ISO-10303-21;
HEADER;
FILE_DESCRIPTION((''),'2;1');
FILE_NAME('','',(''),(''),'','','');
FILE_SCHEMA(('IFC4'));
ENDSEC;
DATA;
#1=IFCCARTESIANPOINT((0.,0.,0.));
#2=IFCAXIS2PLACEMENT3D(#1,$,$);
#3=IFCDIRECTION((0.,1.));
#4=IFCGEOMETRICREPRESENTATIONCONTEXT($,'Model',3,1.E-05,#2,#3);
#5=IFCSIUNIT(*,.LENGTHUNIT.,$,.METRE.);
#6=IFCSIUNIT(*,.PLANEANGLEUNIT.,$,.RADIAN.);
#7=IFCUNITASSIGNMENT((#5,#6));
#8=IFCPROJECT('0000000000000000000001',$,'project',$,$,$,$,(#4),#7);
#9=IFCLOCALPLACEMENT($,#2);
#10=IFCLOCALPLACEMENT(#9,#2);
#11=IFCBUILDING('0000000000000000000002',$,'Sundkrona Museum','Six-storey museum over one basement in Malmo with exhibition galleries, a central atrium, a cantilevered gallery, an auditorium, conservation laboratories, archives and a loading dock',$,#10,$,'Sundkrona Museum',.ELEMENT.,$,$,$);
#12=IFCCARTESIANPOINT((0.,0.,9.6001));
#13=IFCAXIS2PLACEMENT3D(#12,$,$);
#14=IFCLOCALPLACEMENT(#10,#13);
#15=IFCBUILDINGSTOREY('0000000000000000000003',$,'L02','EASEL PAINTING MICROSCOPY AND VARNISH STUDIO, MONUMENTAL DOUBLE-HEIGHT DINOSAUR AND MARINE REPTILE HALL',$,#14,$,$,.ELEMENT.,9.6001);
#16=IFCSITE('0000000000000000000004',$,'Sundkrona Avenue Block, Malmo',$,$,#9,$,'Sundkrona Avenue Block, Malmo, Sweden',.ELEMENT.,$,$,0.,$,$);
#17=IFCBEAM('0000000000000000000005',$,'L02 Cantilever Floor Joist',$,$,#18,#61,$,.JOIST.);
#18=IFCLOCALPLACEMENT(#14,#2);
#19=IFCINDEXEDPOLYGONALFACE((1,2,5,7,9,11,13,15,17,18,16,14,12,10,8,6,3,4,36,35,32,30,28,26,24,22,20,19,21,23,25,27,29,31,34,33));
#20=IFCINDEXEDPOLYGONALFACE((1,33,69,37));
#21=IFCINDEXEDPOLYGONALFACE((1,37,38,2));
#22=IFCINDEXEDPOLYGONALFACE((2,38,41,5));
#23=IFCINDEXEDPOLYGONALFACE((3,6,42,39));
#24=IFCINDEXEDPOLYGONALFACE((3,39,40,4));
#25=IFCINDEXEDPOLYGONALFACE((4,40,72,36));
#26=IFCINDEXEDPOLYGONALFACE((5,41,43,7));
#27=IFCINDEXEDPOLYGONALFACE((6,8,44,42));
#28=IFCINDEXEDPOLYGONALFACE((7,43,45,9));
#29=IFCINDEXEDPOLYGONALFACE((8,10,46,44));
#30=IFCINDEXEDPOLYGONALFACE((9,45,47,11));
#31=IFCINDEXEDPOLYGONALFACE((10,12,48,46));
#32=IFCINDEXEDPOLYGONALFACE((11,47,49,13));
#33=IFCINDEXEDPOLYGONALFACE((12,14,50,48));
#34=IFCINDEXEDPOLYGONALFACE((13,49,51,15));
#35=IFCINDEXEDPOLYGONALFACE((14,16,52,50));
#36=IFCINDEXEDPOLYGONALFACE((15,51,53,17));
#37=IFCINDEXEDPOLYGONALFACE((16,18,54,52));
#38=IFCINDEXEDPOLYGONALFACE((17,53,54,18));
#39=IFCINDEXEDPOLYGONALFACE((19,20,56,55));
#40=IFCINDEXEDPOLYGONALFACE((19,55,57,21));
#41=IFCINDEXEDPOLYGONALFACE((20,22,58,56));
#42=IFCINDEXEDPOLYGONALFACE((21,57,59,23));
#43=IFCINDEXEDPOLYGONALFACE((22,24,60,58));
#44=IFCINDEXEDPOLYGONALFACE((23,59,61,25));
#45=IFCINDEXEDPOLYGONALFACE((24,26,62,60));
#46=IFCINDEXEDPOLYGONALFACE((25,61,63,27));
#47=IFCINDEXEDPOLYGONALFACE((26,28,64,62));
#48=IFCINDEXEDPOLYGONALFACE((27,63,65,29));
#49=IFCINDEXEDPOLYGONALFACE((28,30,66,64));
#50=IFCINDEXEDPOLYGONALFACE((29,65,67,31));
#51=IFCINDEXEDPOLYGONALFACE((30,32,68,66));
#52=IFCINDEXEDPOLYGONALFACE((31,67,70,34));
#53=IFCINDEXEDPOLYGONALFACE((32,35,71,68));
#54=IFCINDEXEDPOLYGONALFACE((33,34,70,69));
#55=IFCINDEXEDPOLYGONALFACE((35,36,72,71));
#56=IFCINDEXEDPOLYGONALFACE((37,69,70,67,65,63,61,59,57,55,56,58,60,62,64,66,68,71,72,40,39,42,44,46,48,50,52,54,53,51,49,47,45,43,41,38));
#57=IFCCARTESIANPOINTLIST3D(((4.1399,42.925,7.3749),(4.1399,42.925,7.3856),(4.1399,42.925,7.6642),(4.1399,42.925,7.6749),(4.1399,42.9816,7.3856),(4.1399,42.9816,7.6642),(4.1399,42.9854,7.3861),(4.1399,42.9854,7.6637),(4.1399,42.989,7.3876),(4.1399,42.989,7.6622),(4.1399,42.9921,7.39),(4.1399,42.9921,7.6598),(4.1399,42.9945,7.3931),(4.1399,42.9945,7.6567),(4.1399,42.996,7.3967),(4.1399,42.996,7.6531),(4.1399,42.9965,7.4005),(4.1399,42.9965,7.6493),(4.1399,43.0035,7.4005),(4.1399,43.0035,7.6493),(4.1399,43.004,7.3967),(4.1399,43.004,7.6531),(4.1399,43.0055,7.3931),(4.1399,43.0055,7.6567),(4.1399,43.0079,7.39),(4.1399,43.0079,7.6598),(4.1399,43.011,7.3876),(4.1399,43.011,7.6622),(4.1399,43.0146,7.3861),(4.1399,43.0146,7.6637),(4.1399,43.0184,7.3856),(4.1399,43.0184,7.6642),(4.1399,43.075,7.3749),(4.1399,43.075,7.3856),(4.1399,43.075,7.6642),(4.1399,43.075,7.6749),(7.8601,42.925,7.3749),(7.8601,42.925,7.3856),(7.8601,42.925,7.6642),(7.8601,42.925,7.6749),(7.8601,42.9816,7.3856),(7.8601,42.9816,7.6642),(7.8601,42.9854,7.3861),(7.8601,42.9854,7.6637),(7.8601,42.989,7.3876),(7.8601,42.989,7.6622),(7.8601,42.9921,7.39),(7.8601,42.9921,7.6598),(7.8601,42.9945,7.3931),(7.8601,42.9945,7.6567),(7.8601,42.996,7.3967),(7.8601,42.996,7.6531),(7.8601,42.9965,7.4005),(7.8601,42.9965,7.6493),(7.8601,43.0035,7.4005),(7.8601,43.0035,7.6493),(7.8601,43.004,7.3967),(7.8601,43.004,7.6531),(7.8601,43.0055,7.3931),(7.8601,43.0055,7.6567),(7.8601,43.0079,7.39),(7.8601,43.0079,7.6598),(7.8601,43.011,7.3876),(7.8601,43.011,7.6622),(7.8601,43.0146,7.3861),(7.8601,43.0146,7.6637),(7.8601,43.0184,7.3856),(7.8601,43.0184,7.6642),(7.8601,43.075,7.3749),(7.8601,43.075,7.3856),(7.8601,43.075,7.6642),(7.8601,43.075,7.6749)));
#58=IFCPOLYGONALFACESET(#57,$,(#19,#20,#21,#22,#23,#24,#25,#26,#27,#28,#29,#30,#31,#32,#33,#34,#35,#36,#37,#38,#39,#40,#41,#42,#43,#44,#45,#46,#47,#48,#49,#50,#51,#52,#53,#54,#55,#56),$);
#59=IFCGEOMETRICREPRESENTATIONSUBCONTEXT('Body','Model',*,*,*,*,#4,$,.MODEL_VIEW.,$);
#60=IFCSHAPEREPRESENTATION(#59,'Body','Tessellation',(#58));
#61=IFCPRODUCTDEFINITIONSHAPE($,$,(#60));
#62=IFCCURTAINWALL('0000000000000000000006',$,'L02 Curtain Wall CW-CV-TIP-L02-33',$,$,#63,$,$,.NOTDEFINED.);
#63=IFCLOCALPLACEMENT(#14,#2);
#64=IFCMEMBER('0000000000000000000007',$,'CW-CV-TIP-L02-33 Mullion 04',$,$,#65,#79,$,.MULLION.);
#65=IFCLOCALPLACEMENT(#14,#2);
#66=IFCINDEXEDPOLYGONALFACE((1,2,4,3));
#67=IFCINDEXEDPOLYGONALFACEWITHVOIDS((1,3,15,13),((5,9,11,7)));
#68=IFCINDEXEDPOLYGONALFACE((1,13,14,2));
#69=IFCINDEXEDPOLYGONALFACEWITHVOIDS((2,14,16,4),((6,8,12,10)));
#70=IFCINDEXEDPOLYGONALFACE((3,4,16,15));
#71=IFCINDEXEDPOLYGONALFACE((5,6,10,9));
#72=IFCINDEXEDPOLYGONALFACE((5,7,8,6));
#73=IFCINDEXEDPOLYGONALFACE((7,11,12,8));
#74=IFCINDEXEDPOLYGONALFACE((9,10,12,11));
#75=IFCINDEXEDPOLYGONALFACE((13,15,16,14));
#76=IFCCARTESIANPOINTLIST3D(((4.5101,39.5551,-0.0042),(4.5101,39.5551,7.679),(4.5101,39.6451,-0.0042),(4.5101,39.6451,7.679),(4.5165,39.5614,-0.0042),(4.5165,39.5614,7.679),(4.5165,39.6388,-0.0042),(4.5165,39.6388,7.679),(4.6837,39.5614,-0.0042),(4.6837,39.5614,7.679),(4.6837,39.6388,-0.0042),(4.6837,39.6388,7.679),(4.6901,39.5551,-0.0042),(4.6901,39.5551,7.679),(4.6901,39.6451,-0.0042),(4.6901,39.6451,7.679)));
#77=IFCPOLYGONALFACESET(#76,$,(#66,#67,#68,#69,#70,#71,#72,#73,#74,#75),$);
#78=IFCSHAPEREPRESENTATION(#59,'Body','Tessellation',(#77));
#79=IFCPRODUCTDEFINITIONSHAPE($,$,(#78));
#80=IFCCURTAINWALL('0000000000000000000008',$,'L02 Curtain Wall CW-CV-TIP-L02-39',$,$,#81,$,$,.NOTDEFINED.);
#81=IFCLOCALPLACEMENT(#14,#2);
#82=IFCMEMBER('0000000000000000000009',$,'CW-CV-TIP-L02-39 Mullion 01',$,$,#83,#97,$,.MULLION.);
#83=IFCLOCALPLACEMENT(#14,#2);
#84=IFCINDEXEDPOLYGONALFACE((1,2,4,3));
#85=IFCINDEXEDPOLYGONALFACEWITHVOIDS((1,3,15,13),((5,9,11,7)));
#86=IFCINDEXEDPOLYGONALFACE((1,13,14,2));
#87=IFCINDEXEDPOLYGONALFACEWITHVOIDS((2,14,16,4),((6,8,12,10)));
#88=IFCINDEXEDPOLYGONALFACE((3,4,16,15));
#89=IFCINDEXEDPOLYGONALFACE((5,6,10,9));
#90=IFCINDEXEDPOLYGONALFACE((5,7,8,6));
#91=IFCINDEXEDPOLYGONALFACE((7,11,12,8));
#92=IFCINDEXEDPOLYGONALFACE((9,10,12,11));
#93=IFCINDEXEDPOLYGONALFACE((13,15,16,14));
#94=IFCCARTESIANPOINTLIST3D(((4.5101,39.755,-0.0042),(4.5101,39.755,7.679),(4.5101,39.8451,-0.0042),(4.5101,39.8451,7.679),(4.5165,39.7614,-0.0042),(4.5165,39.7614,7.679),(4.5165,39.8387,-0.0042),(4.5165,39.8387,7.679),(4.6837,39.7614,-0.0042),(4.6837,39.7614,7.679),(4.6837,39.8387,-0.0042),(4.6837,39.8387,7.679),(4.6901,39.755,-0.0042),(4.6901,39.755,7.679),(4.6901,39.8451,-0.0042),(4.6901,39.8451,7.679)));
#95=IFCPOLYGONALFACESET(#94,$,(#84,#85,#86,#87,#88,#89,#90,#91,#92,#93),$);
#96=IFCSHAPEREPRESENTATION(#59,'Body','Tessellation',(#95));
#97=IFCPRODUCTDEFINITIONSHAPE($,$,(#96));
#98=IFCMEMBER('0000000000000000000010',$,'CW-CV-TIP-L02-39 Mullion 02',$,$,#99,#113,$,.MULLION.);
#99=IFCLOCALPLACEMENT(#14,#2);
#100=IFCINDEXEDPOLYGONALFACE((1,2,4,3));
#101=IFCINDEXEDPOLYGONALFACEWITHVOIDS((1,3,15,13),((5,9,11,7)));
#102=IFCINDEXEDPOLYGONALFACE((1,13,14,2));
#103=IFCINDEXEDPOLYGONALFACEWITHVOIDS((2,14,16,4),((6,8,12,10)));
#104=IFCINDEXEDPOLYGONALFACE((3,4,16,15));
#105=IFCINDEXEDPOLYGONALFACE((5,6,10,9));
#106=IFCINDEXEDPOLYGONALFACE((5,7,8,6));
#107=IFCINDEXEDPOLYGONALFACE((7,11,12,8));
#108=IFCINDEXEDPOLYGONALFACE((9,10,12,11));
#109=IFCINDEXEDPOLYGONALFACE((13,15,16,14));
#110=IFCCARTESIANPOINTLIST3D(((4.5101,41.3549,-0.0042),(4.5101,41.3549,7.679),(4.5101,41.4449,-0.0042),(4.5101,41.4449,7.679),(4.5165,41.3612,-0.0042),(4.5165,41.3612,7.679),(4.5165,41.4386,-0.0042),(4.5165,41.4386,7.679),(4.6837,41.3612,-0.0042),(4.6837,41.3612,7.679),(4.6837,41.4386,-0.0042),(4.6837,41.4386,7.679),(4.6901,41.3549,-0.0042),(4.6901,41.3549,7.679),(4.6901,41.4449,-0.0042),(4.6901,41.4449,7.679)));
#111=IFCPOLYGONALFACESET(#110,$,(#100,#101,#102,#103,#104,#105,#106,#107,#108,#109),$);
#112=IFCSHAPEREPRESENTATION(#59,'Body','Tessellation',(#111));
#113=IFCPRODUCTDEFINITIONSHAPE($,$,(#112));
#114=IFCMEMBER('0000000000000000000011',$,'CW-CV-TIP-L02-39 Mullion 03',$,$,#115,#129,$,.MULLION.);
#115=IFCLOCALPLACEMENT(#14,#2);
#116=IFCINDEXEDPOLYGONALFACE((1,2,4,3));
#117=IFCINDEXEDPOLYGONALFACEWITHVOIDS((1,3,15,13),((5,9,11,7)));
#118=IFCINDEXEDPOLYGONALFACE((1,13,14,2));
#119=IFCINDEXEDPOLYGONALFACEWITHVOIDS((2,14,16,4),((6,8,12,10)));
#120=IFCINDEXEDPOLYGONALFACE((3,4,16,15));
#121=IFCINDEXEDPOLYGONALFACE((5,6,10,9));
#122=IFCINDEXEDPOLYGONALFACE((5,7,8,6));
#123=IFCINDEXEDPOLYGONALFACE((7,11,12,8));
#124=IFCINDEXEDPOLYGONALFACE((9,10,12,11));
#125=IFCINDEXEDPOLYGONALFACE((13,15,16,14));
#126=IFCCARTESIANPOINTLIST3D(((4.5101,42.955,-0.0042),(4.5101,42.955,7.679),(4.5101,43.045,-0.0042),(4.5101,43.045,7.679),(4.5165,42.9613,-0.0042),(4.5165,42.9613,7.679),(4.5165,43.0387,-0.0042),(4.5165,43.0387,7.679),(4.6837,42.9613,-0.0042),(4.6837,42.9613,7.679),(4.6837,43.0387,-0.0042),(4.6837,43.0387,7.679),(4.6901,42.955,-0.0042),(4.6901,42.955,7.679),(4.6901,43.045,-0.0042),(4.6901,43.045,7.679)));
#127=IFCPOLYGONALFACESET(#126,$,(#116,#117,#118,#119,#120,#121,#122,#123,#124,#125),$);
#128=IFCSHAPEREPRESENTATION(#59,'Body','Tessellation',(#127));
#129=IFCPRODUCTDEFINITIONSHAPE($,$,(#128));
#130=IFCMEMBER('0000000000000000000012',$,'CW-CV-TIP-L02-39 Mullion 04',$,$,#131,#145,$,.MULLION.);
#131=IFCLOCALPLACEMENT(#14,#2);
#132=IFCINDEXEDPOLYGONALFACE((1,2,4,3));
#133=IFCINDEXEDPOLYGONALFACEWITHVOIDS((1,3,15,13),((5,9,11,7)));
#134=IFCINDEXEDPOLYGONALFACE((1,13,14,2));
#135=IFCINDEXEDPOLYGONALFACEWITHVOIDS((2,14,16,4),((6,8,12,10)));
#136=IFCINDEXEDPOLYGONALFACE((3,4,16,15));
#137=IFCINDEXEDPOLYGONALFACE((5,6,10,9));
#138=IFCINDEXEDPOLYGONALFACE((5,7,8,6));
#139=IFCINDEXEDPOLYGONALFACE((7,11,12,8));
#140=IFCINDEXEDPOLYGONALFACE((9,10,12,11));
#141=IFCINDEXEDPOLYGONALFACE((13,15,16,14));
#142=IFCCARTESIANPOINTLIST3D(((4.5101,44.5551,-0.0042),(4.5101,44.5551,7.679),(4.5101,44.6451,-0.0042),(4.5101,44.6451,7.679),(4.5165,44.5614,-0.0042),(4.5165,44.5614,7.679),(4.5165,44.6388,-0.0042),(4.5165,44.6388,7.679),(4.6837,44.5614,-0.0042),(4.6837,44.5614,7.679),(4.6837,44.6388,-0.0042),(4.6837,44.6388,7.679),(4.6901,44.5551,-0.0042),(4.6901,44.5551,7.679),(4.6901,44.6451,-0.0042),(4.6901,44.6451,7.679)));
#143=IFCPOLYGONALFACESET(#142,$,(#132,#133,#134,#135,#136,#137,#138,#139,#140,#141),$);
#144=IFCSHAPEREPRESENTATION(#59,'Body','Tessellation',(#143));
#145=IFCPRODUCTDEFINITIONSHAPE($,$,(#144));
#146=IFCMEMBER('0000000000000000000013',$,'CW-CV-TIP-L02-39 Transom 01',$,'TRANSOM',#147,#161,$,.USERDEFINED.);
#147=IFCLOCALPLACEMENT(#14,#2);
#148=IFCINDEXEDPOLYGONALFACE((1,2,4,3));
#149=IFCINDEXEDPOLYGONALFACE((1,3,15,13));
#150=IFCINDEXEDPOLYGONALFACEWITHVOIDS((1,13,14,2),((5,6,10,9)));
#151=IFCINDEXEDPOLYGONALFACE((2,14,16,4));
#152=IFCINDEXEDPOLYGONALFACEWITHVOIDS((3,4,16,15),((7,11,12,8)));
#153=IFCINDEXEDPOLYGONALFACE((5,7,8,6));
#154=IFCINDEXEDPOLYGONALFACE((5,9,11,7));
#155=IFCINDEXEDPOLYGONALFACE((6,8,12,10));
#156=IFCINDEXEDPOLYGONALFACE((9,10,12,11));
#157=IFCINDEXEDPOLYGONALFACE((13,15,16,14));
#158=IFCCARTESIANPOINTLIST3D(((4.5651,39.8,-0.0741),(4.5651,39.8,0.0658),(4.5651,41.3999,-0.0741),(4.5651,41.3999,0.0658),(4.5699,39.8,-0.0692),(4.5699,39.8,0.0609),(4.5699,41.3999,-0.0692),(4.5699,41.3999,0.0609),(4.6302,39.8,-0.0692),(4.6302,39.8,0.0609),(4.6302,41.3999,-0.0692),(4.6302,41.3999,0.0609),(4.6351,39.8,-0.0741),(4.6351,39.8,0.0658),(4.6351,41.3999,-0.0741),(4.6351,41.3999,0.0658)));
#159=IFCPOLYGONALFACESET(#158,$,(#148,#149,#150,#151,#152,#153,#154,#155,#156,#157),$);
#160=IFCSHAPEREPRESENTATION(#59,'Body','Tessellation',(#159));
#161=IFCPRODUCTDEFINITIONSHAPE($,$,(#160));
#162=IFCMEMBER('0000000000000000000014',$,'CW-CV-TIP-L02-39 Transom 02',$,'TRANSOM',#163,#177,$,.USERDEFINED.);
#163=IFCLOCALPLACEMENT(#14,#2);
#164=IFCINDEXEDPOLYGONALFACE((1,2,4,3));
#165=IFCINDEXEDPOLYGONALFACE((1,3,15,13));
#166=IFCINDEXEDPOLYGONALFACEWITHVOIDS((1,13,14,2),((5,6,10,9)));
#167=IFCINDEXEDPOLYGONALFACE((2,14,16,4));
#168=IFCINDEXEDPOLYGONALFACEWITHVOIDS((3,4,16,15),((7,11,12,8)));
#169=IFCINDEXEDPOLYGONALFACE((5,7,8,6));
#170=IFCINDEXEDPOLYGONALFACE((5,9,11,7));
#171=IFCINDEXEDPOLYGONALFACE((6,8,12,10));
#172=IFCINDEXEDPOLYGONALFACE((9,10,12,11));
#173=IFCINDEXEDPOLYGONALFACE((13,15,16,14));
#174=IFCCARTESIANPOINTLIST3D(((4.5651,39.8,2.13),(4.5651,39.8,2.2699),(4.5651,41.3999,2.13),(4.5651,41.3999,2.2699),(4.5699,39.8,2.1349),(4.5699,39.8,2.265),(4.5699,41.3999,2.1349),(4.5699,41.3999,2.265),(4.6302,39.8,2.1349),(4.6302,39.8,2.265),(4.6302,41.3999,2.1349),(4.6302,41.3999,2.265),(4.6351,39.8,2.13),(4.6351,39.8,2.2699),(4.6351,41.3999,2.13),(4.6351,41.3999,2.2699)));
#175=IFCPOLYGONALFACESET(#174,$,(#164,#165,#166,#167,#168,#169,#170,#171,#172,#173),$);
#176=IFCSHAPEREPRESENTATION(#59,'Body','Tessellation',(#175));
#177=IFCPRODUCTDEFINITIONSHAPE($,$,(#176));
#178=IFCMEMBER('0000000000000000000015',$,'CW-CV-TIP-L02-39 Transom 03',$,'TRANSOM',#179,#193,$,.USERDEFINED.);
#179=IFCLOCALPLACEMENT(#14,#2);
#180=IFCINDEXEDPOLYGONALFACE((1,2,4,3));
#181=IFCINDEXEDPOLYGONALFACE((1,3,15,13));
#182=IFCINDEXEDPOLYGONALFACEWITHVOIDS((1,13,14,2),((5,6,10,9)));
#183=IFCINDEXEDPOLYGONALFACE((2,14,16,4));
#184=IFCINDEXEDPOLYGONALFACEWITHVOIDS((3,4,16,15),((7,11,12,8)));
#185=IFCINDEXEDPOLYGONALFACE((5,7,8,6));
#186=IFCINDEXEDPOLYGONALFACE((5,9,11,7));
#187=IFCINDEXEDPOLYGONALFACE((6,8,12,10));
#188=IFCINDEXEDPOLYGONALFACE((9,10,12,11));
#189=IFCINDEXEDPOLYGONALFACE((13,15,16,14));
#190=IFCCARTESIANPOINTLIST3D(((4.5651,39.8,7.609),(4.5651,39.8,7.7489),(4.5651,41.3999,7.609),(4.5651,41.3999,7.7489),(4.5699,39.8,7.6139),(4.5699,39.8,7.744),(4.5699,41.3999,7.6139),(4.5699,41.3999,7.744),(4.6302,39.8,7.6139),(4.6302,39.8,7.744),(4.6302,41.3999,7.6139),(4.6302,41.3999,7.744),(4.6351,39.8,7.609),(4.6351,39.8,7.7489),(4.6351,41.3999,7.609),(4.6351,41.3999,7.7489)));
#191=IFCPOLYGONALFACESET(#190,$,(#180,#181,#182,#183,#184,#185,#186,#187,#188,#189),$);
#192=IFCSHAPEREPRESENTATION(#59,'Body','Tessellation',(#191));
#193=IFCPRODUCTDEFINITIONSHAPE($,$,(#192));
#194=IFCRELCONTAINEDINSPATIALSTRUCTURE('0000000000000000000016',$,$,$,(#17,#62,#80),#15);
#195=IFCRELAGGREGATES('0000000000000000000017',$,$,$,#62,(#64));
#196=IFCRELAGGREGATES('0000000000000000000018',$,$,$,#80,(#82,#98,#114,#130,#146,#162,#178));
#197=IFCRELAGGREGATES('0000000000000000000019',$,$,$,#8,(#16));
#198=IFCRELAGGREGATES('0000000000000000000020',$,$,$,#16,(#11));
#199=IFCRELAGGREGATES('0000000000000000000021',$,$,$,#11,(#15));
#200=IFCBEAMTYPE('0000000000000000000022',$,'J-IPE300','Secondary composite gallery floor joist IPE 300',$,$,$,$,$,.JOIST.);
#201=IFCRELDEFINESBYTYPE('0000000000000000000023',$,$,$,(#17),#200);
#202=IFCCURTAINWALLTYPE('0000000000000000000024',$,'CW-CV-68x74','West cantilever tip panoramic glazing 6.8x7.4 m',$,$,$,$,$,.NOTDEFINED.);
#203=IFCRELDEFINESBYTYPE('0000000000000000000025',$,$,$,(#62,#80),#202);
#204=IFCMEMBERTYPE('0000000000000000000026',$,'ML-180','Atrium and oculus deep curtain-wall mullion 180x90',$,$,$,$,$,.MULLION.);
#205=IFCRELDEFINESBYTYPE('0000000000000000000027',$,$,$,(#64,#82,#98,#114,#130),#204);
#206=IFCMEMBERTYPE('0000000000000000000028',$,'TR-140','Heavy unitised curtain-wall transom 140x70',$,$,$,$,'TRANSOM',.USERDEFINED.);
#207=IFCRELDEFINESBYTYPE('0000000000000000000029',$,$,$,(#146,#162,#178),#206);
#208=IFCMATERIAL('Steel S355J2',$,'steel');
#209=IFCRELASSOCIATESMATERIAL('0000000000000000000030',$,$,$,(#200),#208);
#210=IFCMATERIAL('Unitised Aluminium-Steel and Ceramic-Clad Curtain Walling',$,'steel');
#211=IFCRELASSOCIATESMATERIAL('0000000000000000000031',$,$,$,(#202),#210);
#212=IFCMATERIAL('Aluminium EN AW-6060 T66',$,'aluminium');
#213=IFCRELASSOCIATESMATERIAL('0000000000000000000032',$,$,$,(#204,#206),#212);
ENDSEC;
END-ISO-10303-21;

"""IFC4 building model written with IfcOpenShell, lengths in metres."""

from ifc_helpers import new_model, si_unit, direction, frame, origin, origin_2d, place, context, subcontext, project, spatial, hollow_rectangle, i_section, extrude, material, material_profile, profile_set, type_object, element, aggregate, save


model = new_model("IFC4")

# Units and contexts
model_context = context("Model", 3, precision=1e-05, world=origin(), true_north=direction((0.0, 1.0)))
body_context = subcontext(model_context, "Body", "Model", "MODEL_VIEW")
ifc_project = project(units=[si_unit("LENGTHUNIT", "METRE"), si_unit("PLANEANGLEUNIT", "RADIAN")], contexts=[model_context])

# Site, building, storey
site_placement = place(None, origin())
site = spatial("IfcSite", under=ifc_project, at=site_placement, Name="Sundkrona Avenue Block, Malmo", LongName="Sundkrona Avenue Block, Malmo, Sweden", CompositionType="ELEMENT", RefElevation=0.0)
building_placement = place(site_placement, origin())
building = spatial("IfcBuilding", under=site, at=building_placement, Name="Sundkrona Museum", Description="Six-storey museum over one basement in Malmo with exhibition galleries, a central atrium, a cantilevered gallery, an auditorium, conservation laboratories, archives and a loading dock", LongName="Sundkrona Museum", CompositionType="ELEMENT")
storey_placement = place(building_placement, frame((0.0, 0.0, 9.6001)))
storey = spatial("IfcBuildingStorey", under=building, at=storey_placement, Name="L02", Description="EASEL PAINTING MICROSCOPY AND VARNISH STUDIO, MONUMENTAL DOUBLE-HEIGHT DINOSAUR AND MARINE REPTILE HALL", CompositionType="ELEMENT", Elevation=9.6001)

# Beam
ifc_material_1 = material(Name="Steel S355J2", Category="steel")
ifc_material_profile_1 = material_profile(ifc_material_1, i_section(OverallWidth=0.1499, OverallDepth=0.3, WebThickness=0.0071, FlangeThickness=0.0107, FilletRadius=0.0149, at=origin_2d()), Name="IPE 300")
ifc_profile_set_1 = profile_set([ifc_material_profile_1], Name="Steel S355J2")
beam_type = type_object("IfcBeamType", Name="J-IPE300", Description="Secondary composite gallery floor joist IPE 300", PredefinedType="JOIST", material=ifc_profile_set_1)
beam_placement = place(storey_placement, frame((4.1399, 43.0, 7.5249), z_axis=(1.0, 0.0, 0.0), x_axis=(0.0, 1.0, 0.0)))
element("IfcBeam", 1, at=beam_placement, inside=storey, type_object=beam_type, Name="L02 Cantilever Floor Joist", PredefinedType="JOIST", context=body_context, shape_type="SweptSolid", body=[
    extrude(i_section(OverallWidth=0.1499, OverallDepth=0.3, WebThickness=0.0071, FlangeThickness=0.0107, FilletRadius=0.0149, at=origin_2d()), origin(), (0.0, 0.0, 1.0), 3.7202),
])

# Curtain wall, member
ifc_material_2 = material(Name="Unitised Aluminium-Steel and Ceramic-Clad Curtain Walling", Category="steel")
curtain_wall_type = type_object("IfcCurtainWallType", Name="CW-CV-68x74", Description="West cantilever tip panoramic glazing 6.8x7.4 m", PredefinedType="NOTDEFINED", material=ifc_material_2)
curtain_wall_1_placement = place(storey_placement, origin())
curtain_wall_1 = element("IfcCurtainWall", 2, at=curtain_wall_1_placement, inside=storey, type_object=curtain_wall_type, Name="L02 Curtain Wall CW-CV-TIP-L02-33", PredefinedType="NOTDEFINED")
ifc_material_3 = material(Name="Aluminium EN AW-6060 T66", Category="aluminium")
ifc_material_profile_2 = material_profile(ifc_material_3, hollow_rectangle(XDim=0.0901, YDim=0.1799, WallThickness=0.0063, at=origin_2d()), Name="RHS 180x90x6.3")
ifc_profile_set_2 = profile_set([ifc_material_profile_2], Name="Aluminium EN AW-6060 T66")
member_type_1 = type_object("IfcMemberType", Name="ML-180", Description="Atrium and oculus deep curtain-wall mullion 180x90", PredefinedType="MULLION", material=ifc_profile_set_2)
member_1_placement = place(storey_placement, frame((4.6001, 39.6001, -0.0042), z_axis=(0.0, 0.0, 1.0), x_axis=(0.0, 1.0, 0.0)))
member_1 = element("IfcMember", 3, at=member_1_placement, type_object=member_type_1, Name="CW-CV-TIP-L02-33 Mullion 04", PredefinedType="MULLION", context=body_context, shape_type="SweptSolid", body=[
    extrude(hollow_rectangle(XDim=0.0901, YDim=0.1799, WallThickness=0.0063, at=origin_2d()), origin(), (0.0, 0.0, 1.0), 7.6831),
])
aggregate(curtain_wall_1, [member_1])

# Curtain wall, members
curtain_wall_2_placement = place(storey_placement, origin())
curtain_wall_2 = element("IfcCurtainWall", 4, at=curtain_wall_2_placement, inside=storey, type_object=curtain_wall_type, Name="L02 Curtain Wall CW-CV-TIP-L02-39", PredefinedType="NOTDEFINED")
member_2_placement = place(storey_placement, frame((4.6001, 39.8, -0.0042), z_axis=(0.0, 0.0, 1.0), x_axis=(0.0, 1.0, 0.0)))
member_2 = element("IfcMember", 5, at=member_2_placement, type_object=member_type_1, Name="CW-CV-TIP-L02-39 Mullion 01", PredefinedType="MULLION", context=body_context, shape_type="SweptSolid", body=[
    extrude(hollow_rectangle(XDim=0.0901, YDim=0.1799, WallThickness=0.0063, at=origin_2d()), origin(), (0.0, 0.0, 1.0), 7.6831),
])
member_3_placement = place(storey_placement, frame((4.6001, 41.3999, -0.0042), z_axis=(0.0, 0.0, 1.0), x_axis=(0.0, 1.0, 0.0)))
member_3 = element("IfcMember", 6, at=member_3_placement, type_object=member_type_1, Name="CW-CV-TIP-L02-39 Mullion 02", PredefinedType="MULLION", context=body_context, shape_type="SweptSolid", body=[
    extrude(hollow_rectangle(XDim=0.0901, YDim=0.1799, WallThickness=0.0063, at=origin_2d()), origin(), (0.0, 0.0, 1.0), 7.6831),
])
member_4_placement = place(storey_placement, frame((4.6001, 43.0, -0.0042), z_axis=(0.0, 0.0, 1.0), x_axis=(0.0, 1.0, 0.0)))
member_4 = element("IfcMember", 7, at=member_4_placement, type_object=member_type_1, Name="CW-CV-TIP-L02-39 Mullion 03", PredefinedType="MULLION", context=body_context, shape_type="SweptSolid", body=[
    extrude(hollow_rectangle(XDim=0.0901, YDim=0.1799, WallThickness=0.0063, at=origin_2d()), origin(), (0.0, 0.0, 1.0), 7.6831),
])
member_5_placement = place(storey_placement, frame((4.6001, 44.6001, -0.0042), z_axis=(0.0, 0.0, 1.0), x_axis=(0.0, 1.0, 0.0)))
member_5 = element("IfcMember", 8, at=member_5_placement, type_object=member_type_1, Name="CW-CV-TIP-L02-39 Mullion 04", PredefinedType="MULLION", context=body_context, shape_type="SweptSolid", body=[
    extrude(hollow_rectangle(XDim=0.0901, YDim=0.1799, WallThickness=0.0063, at=origin_2d()), origin(), (0.0, 0.0, 1.0), 7.6831),
])
ifc_material_profile_3 = material_profile(ifc_material_3, hollow_rectangle(XDim=0.0701, YDim=0.1399, WallThickness=0.0049, at=origin_2d()), Name="RHS 140x70x5.0")
ifc_profile_set_3 = profile_set([ifc_material_profile_3], Name="Aluminium EN AW-6060 T66")
member_type_2 = type_object("IfcMemberType", Name="TR-140", Description="Heavy unitised curtain-wall transom 140x70", ElementType="TRANSOM", PredefinedType="USERDEFINED", material=ifc_profile_set_3)
member_6_placement = place(storey_placement, frame((4.6001, 39.8, -0.0042), z_axis=(0.0, 1.0, 0.0), x_axis=(-1.0, 0.0, 0.0)))
member_6 = element("IfcMember", 9, at=member_6_placement, type_object=member_type_2, Name="CW-CV-TIP-L02-39 Transom 01", ObjectType="TRANSOM", PredefinedType="USERDEFINED", context=body_context, shape_type="SweptSolid", body=[
    extrude(hollow_rectangle(XDim=0.0701, YDim=0.1399, WallThickness=0.0049, at=origin_2d()), origin(), (0.0, 0.0, 1.0), 1.5999),
])
member_7_placement = place(storey_placement, frame((4.6001, 39.8, 2.2), z_axis=(0.0, 1.0, 0.0), x_axis=(-1.0, 0.0, 0.0)))
member_7 = element("IfcMember", 10, at=member_7_placement, type_object=member_type_2, Name="CW-CV-TIP-L02-39 Transom 02", ObjectType="TRANSOM", PredefinedType="USERDEFINED", context=body_context, shape_type="SweptSolid", body=[
    extrude(hollow_rectangle(XDim=0.0701, YDim=0.1399, WallThickness=0.0049, at=origin_2d()), origin(), (0.0, 0.0, 1.0), 1.5999),
])
member_8_placement = place(storey_placement, frame((4.6001, 39.8, 7.679), z_axis=(0.0, 1.0, 0.0), x_axis=(-1.0, 0.0, 0.0)))
member_8 = element("IfcMember", 11, at=member_8_placement, type_object=member_type_2, Name="CW-CV-TIP-L02-39 Transom 03", ObjectType="TRANSOM", PredefinedType="USERDEFINED", context=body_context, shape_type="SweptSolid", body=[
    extrude(hollow_rectangle(XDim=0.0701, YDim=0.1399, WallThickness=0.0049, at=origin_2d()), origin(), (0.0, 0.0, 1.0), 1.5999),
])
aggregate(curtain_wall_2, [member_2, member_3, member_4, member_5, member_6, member_7, member_8])

save(model, "model.ifc")
